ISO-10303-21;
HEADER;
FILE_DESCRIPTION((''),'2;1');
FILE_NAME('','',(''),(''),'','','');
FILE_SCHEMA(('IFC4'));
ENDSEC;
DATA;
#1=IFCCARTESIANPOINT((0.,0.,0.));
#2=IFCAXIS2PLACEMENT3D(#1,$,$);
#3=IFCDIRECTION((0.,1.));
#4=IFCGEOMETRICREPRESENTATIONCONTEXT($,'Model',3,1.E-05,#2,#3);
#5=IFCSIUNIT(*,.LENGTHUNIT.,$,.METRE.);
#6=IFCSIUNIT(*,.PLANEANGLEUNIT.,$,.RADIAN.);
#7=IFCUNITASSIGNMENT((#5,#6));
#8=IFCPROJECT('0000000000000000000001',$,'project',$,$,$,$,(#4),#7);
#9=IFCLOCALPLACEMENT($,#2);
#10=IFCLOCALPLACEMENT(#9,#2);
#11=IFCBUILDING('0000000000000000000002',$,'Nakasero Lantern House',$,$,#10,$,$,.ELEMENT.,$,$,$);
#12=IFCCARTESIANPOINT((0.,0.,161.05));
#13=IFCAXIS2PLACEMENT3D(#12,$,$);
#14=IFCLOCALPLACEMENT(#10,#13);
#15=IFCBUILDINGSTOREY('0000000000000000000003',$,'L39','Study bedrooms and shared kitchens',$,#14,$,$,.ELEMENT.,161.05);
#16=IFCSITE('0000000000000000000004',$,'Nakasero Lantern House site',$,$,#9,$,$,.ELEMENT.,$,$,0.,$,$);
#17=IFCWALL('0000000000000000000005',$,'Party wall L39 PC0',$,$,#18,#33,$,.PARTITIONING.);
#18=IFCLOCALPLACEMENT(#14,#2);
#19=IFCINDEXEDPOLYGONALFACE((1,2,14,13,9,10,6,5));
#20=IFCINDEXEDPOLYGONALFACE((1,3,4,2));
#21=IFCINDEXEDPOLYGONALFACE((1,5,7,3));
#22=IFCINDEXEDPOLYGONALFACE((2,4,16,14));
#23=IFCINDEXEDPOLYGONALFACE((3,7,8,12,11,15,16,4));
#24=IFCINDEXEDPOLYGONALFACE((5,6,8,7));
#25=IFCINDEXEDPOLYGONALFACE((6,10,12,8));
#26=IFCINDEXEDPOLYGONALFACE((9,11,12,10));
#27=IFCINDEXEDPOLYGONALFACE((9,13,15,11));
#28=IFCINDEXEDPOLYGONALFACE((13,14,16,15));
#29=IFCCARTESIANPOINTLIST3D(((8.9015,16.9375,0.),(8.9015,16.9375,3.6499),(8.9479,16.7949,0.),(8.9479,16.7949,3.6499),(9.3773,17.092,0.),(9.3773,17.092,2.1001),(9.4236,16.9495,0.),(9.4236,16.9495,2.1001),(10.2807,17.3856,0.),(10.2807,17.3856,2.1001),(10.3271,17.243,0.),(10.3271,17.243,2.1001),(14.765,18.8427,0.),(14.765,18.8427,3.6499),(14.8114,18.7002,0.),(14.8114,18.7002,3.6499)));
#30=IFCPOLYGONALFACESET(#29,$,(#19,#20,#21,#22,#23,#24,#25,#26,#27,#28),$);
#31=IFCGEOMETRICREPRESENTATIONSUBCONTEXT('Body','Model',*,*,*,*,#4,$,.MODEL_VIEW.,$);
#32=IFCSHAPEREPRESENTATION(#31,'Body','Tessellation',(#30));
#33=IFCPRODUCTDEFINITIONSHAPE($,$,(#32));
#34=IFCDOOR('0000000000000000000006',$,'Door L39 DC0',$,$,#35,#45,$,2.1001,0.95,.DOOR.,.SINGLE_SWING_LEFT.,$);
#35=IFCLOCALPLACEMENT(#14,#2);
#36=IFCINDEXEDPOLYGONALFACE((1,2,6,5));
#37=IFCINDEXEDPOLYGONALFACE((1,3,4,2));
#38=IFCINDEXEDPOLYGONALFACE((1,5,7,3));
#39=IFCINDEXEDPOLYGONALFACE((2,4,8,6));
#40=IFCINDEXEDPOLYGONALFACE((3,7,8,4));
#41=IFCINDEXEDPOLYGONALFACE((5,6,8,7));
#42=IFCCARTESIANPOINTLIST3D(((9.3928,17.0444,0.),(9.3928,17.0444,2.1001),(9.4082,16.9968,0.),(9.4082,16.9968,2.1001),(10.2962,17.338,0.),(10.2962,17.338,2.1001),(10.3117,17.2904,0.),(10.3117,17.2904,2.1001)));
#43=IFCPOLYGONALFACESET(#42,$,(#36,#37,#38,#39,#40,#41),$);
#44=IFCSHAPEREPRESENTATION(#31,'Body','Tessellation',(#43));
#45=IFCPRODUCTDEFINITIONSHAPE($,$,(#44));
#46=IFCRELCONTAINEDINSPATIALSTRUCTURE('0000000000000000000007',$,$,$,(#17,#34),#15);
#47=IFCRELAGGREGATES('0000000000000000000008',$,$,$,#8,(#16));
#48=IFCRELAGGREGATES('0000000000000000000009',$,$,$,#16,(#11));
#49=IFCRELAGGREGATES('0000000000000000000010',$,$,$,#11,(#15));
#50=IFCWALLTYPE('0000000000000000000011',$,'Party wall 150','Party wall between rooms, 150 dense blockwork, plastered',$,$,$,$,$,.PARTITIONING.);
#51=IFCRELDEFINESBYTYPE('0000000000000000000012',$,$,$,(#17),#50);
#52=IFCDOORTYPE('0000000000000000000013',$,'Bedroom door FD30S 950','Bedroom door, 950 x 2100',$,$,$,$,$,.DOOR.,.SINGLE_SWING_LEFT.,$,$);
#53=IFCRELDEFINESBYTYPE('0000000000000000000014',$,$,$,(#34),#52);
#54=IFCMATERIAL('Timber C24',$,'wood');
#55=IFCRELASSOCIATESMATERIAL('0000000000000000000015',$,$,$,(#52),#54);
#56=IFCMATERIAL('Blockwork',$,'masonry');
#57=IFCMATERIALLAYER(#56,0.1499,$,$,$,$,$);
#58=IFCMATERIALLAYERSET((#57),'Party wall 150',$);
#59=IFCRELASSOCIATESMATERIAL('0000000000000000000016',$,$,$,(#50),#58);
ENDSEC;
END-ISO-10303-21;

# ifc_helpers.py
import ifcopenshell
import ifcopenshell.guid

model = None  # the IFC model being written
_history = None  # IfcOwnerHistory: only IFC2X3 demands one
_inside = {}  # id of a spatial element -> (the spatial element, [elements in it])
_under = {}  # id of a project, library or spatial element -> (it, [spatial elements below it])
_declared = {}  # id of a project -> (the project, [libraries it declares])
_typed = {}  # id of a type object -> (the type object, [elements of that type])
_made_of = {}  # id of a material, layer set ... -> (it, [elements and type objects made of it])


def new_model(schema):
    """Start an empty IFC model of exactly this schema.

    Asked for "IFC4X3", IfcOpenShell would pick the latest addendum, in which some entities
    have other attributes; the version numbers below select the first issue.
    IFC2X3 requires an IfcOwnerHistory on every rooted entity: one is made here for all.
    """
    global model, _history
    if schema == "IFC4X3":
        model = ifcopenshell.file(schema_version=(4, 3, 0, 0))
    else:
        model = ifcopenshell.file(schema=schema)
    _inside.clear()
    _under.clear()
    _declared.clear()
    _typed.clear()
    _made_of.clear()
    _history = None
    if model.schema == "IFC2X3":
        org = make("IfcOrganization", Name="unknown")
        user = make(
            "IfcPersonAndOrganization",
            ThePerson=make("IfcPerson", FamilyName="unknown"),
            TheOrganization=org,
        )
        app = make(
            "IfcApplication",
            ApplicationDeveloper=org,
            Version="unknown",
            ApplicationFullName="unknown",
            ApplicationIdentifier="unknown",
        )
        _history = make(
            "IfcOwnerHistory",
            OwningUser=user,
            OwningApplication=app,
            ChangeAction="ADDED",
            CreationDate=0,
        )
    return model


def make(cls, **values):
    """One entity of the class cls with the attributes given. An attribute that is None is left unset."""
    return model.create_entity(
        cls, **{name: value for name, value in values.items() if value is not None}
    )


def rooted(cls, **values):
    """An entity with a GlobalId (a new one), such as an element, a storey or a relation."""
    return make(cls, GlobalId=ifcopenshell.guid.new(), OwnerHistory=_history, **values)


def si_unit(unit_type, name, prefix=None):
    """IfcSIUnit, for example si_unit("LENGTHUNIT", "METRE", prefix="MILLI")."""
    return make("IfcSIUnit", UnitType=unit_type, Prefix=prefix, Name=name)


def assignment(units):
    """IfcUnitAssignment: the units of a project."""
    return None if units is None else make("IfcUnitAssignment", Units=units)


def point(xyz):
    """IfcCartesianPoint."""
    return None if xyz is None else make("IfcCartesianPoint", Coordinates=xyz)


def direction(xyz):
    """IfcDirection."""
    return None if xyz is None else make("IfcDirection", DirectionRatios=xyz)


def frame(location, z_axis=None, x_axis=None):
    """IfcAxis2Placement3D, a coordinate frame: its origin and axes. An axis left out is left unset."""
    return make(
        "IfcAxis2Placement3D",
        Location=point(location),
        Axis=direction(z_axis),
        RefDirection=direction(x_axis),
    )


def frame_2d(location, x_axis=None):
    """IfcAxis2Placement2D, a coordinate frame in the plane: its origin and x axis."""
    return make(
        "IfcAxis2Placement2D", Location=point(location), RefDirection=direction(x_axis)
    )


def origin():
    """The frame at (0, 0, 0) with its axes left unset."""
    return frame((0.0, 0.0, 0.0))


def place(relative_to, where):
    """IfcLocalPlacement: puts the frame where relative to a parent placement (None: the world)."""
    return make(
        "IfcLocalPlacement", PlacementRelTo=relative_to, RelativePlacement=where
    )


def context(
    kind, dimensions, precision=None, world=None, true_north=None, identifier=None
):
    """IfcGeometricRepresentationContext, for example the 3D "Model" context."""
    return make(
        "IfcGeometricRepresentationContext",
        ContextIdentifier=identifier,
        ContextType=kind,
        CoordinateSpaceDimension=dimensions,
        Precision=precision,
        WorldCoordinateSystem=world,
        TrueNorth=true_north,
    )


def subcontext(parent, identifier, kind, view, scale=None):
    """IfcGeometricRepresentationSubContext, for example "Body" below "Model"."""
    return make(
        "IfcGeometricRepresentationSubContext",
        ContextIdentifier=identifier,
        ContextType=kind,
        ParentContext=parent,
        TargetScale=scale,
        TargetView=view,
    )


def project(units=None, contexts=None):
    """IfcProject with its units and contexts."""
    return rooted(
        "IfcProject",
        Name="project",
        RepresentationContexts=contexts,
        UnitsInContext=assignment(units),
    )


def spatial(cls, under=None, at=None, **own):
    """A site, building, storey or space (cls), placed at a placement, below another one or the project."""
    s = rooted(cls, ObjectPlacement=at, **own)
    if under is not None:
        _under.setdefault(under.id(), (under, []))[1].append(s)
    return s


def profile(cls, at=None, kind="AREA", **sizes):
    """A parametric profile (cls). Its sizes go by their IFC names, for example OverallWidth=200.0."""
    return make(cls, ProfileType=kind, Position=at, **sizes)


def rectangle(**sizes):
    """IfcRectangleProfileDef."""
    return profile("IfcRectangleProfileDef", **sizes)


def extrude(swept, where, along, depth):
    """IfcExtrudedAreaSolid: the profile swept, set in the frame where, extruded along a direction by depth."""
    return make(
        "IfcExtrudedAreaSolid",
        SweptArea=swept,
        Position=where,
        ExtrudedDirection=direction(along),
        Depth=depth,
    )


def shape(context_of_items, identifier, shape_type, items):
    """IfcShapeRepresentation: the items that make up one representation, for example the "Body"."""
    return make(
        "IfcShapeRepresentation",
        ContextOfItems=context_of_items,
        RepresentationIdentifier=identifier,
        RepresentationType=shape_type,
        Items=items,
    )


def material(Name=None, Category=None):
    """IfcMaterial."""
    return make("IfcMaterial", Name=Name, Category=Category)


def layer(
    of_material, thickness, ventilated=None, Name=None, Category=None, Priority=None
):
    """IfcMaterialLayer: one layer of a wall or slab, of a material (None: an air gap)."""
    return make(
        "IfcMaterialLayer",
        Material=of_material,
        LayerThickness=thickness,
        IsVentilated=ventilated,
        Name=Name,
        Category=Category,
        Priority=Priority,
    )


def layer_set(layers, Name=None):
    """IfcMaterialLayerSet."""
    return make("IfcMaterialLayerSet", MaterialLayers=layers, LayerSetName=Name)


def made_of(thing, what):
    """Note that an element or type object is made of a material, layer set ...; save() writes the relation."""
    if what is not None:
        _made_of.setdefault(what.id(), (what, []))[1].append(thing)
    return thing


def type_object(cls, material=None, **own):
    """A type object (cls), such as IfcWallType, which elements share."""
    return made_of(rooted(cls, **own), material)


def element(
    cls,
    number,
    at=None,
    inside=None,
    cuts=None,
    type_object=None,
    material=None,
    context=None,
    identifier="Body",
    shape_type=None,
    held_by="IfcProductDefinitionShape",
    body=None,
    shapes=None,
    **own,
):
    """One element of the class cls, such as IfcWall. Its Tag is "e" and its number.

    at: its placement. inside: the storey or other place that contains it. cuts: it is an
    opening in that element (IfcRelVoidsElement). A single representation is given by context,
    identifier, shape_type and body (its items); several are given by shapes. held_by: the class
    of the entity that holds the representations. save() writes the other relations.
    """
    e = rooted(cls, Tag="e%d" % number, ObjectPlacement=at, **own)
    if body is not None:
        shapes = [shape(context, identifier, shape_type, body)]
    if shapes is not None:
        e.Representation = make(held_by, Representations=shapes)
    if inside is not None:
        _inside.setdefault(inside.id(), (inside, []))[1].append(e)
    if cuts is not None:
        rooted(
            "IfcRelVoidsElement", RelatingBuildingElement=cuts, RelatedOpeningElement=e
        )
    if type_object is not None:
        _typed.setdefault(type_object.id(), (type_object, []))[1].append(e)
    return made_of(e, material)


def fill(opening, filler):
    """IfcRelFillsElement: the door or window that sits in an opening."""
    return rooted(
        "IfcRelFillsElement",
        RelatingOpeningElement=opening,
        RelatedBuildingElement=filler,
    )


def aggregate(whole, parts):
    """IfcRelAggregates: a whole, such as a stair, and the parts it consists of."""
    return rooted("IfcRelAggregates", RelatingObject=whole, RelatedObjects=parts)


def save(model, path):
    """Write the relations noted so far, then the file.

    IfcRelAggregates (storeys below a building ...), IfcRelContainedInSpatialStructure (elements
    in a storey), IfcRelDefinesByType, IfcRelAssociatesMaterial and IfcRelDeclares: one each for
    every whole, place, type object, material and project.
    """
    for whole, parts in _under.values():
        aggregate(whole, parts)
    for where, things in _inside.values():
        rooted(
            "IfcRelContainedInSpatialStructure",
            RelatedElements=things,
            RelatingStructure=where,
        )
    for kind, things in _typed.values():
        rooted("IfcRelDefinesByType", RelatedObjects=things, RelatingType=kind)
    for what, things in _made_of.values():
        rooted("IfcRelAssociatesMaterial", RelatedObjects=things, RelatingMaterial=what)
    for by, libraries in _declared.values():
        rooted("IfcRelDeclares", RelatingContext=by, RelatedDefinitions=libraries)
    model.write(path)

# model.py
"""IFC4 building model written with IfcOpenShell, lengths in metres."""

from ifc_helpers import new_model, si_unit, direction, frame, frame_2d, origin, place, context, subcontext, project, spatial, rectangle, extrude, material, layer, layer_set, type_object, element, fill, save


model = new_model("IFC4")

# Units and contexts
model_context = context("Model", 3, precision=1e-05, world=origin(), true_north=direction((0.0, 1.0)))
body_context = subcontext(model_context, "Body", "Model", "MODEL_VIEW")
ifc_project = project(units=[si_unit("LENGTHUNIT", "METRE"), si_unit("PLANEANGLEUNIT", "RADIAN")], contexts=[model_context])

# Site, building, storey
site_placement = place(None, origin())
site = spatial("IfcSite", under=ifc_project, at=site_placement, Name="Nakasero Lantern House site", CompositionType="ELEMENT", RefElevation=0.0)
building_placement = place(site_placement, origin())
building = spatial("IfcBuilding", under=site, at=building_placement, Name="Nakasero Lantern House", CompositionType="ELEMENT")
storey_placement = place(building_placement, frame((0.0, 0.0, 161.05)))
storey = spatial("IfcBuildingStorey", under=building, at=storey_placement, Name="L39", Description="Study bedrooms and shared kitchens", CompositionType="ELEMENT", Elevation=161.05)

# Shared definitions
ifc_material_1 = material(Name="Timber C24", Category="wood")
door_type_1 = type_object("IfcDoorType", Name="Bedroom door FD30S 950", Description="Bedroom door, 950 x 2100", OperationType="SINGLE_SWING_LEFT", PredefinedType="DOOR", material=ifc_material_1)

# Shared definitions
ifc_material_2 = material(Name="Blockwork", Category="masonry")
ifc_layer_1 = layer(ifc_material_2, 0.1499)
ifc_layer_set_1 = layer_set([ifc_layer_1], Name="Party wall 150")
wall_type_1 = type_object("IfcWallType", Name="Party wall 150", Description="Party wall between rooms, 150 dense blockwork, plastered", PredefinedType="PARTITIONING", material=ifc_layer_set_1)

# Wall, opening, door
wall_1_placement = place(storey_placement, frame((8.9248, 16.8662, 0.0), z_axis=(0.0, 0.0, 1.0), x_axis=(0.951052, 0.309031, 0.0)))
wall_1 = element("IfcWall", 1, at=wall_1_placement, inside=storey, type_object=wall_type_1, Name="Party wall L39 PC0", PredefinedType="PARTITIONING", context=body_context, shape_type="SweptSolid", body=[
    extrude(rectangle(XDim=6.1653, YDim=0.1499, at=frame_2d((3.0825, 0.0))), origin(), (0.0, 0.0, 1.0), 3.6499),
])
opening_1_placement = place(wall_1_placement, frame((0.5, 0.0, 0.0)))
opening_1 = element("IfcOpeningElement", 2, at=opening_1_placement, cuts=wall_1, PredefinedType="OPENING", context=body_context, shape_type="SweptSolid", body=[
    extrude(rectangle(XDim=0.95, YDim=2.1001, at=frame_2d((0.4751, 1.05))), frame((0.0, 0.095, 0.0), z_axis=(0.0, -1.0, 0.0), x_axis=(1.0, 0.0, 0.0)), (0.0, 0.0, 1.0), 0.1899),
])
door_1_placement = place(opening_1_placement, origin())
door_1 = element("IfcDoor", 3, at=door_1_placement, inside=storey, type_object=door_type_1, Name="Door L39 DC0", OperationType="SINGLE_SWING_LEFT", OverallHeight=2.1001, OverallWidth=0.95, PredefinedType="DOOR", context=body_context, shape_type="SweptSolid", body=[
    extrude(rectangle(XDim=0.95, YDim=2.1001, at=frame_2d((0.4751, 1.05))), frame((0.0, 0.0249, 0.0), z_axis=(0.0, -1.0, 0.0), x_axis=(1.0, 0.0, 0.0)), (0.0, 0.0, 1.0), 0.05),
])
fill(opening_1, door_1)

save(model, "model.ifc")
